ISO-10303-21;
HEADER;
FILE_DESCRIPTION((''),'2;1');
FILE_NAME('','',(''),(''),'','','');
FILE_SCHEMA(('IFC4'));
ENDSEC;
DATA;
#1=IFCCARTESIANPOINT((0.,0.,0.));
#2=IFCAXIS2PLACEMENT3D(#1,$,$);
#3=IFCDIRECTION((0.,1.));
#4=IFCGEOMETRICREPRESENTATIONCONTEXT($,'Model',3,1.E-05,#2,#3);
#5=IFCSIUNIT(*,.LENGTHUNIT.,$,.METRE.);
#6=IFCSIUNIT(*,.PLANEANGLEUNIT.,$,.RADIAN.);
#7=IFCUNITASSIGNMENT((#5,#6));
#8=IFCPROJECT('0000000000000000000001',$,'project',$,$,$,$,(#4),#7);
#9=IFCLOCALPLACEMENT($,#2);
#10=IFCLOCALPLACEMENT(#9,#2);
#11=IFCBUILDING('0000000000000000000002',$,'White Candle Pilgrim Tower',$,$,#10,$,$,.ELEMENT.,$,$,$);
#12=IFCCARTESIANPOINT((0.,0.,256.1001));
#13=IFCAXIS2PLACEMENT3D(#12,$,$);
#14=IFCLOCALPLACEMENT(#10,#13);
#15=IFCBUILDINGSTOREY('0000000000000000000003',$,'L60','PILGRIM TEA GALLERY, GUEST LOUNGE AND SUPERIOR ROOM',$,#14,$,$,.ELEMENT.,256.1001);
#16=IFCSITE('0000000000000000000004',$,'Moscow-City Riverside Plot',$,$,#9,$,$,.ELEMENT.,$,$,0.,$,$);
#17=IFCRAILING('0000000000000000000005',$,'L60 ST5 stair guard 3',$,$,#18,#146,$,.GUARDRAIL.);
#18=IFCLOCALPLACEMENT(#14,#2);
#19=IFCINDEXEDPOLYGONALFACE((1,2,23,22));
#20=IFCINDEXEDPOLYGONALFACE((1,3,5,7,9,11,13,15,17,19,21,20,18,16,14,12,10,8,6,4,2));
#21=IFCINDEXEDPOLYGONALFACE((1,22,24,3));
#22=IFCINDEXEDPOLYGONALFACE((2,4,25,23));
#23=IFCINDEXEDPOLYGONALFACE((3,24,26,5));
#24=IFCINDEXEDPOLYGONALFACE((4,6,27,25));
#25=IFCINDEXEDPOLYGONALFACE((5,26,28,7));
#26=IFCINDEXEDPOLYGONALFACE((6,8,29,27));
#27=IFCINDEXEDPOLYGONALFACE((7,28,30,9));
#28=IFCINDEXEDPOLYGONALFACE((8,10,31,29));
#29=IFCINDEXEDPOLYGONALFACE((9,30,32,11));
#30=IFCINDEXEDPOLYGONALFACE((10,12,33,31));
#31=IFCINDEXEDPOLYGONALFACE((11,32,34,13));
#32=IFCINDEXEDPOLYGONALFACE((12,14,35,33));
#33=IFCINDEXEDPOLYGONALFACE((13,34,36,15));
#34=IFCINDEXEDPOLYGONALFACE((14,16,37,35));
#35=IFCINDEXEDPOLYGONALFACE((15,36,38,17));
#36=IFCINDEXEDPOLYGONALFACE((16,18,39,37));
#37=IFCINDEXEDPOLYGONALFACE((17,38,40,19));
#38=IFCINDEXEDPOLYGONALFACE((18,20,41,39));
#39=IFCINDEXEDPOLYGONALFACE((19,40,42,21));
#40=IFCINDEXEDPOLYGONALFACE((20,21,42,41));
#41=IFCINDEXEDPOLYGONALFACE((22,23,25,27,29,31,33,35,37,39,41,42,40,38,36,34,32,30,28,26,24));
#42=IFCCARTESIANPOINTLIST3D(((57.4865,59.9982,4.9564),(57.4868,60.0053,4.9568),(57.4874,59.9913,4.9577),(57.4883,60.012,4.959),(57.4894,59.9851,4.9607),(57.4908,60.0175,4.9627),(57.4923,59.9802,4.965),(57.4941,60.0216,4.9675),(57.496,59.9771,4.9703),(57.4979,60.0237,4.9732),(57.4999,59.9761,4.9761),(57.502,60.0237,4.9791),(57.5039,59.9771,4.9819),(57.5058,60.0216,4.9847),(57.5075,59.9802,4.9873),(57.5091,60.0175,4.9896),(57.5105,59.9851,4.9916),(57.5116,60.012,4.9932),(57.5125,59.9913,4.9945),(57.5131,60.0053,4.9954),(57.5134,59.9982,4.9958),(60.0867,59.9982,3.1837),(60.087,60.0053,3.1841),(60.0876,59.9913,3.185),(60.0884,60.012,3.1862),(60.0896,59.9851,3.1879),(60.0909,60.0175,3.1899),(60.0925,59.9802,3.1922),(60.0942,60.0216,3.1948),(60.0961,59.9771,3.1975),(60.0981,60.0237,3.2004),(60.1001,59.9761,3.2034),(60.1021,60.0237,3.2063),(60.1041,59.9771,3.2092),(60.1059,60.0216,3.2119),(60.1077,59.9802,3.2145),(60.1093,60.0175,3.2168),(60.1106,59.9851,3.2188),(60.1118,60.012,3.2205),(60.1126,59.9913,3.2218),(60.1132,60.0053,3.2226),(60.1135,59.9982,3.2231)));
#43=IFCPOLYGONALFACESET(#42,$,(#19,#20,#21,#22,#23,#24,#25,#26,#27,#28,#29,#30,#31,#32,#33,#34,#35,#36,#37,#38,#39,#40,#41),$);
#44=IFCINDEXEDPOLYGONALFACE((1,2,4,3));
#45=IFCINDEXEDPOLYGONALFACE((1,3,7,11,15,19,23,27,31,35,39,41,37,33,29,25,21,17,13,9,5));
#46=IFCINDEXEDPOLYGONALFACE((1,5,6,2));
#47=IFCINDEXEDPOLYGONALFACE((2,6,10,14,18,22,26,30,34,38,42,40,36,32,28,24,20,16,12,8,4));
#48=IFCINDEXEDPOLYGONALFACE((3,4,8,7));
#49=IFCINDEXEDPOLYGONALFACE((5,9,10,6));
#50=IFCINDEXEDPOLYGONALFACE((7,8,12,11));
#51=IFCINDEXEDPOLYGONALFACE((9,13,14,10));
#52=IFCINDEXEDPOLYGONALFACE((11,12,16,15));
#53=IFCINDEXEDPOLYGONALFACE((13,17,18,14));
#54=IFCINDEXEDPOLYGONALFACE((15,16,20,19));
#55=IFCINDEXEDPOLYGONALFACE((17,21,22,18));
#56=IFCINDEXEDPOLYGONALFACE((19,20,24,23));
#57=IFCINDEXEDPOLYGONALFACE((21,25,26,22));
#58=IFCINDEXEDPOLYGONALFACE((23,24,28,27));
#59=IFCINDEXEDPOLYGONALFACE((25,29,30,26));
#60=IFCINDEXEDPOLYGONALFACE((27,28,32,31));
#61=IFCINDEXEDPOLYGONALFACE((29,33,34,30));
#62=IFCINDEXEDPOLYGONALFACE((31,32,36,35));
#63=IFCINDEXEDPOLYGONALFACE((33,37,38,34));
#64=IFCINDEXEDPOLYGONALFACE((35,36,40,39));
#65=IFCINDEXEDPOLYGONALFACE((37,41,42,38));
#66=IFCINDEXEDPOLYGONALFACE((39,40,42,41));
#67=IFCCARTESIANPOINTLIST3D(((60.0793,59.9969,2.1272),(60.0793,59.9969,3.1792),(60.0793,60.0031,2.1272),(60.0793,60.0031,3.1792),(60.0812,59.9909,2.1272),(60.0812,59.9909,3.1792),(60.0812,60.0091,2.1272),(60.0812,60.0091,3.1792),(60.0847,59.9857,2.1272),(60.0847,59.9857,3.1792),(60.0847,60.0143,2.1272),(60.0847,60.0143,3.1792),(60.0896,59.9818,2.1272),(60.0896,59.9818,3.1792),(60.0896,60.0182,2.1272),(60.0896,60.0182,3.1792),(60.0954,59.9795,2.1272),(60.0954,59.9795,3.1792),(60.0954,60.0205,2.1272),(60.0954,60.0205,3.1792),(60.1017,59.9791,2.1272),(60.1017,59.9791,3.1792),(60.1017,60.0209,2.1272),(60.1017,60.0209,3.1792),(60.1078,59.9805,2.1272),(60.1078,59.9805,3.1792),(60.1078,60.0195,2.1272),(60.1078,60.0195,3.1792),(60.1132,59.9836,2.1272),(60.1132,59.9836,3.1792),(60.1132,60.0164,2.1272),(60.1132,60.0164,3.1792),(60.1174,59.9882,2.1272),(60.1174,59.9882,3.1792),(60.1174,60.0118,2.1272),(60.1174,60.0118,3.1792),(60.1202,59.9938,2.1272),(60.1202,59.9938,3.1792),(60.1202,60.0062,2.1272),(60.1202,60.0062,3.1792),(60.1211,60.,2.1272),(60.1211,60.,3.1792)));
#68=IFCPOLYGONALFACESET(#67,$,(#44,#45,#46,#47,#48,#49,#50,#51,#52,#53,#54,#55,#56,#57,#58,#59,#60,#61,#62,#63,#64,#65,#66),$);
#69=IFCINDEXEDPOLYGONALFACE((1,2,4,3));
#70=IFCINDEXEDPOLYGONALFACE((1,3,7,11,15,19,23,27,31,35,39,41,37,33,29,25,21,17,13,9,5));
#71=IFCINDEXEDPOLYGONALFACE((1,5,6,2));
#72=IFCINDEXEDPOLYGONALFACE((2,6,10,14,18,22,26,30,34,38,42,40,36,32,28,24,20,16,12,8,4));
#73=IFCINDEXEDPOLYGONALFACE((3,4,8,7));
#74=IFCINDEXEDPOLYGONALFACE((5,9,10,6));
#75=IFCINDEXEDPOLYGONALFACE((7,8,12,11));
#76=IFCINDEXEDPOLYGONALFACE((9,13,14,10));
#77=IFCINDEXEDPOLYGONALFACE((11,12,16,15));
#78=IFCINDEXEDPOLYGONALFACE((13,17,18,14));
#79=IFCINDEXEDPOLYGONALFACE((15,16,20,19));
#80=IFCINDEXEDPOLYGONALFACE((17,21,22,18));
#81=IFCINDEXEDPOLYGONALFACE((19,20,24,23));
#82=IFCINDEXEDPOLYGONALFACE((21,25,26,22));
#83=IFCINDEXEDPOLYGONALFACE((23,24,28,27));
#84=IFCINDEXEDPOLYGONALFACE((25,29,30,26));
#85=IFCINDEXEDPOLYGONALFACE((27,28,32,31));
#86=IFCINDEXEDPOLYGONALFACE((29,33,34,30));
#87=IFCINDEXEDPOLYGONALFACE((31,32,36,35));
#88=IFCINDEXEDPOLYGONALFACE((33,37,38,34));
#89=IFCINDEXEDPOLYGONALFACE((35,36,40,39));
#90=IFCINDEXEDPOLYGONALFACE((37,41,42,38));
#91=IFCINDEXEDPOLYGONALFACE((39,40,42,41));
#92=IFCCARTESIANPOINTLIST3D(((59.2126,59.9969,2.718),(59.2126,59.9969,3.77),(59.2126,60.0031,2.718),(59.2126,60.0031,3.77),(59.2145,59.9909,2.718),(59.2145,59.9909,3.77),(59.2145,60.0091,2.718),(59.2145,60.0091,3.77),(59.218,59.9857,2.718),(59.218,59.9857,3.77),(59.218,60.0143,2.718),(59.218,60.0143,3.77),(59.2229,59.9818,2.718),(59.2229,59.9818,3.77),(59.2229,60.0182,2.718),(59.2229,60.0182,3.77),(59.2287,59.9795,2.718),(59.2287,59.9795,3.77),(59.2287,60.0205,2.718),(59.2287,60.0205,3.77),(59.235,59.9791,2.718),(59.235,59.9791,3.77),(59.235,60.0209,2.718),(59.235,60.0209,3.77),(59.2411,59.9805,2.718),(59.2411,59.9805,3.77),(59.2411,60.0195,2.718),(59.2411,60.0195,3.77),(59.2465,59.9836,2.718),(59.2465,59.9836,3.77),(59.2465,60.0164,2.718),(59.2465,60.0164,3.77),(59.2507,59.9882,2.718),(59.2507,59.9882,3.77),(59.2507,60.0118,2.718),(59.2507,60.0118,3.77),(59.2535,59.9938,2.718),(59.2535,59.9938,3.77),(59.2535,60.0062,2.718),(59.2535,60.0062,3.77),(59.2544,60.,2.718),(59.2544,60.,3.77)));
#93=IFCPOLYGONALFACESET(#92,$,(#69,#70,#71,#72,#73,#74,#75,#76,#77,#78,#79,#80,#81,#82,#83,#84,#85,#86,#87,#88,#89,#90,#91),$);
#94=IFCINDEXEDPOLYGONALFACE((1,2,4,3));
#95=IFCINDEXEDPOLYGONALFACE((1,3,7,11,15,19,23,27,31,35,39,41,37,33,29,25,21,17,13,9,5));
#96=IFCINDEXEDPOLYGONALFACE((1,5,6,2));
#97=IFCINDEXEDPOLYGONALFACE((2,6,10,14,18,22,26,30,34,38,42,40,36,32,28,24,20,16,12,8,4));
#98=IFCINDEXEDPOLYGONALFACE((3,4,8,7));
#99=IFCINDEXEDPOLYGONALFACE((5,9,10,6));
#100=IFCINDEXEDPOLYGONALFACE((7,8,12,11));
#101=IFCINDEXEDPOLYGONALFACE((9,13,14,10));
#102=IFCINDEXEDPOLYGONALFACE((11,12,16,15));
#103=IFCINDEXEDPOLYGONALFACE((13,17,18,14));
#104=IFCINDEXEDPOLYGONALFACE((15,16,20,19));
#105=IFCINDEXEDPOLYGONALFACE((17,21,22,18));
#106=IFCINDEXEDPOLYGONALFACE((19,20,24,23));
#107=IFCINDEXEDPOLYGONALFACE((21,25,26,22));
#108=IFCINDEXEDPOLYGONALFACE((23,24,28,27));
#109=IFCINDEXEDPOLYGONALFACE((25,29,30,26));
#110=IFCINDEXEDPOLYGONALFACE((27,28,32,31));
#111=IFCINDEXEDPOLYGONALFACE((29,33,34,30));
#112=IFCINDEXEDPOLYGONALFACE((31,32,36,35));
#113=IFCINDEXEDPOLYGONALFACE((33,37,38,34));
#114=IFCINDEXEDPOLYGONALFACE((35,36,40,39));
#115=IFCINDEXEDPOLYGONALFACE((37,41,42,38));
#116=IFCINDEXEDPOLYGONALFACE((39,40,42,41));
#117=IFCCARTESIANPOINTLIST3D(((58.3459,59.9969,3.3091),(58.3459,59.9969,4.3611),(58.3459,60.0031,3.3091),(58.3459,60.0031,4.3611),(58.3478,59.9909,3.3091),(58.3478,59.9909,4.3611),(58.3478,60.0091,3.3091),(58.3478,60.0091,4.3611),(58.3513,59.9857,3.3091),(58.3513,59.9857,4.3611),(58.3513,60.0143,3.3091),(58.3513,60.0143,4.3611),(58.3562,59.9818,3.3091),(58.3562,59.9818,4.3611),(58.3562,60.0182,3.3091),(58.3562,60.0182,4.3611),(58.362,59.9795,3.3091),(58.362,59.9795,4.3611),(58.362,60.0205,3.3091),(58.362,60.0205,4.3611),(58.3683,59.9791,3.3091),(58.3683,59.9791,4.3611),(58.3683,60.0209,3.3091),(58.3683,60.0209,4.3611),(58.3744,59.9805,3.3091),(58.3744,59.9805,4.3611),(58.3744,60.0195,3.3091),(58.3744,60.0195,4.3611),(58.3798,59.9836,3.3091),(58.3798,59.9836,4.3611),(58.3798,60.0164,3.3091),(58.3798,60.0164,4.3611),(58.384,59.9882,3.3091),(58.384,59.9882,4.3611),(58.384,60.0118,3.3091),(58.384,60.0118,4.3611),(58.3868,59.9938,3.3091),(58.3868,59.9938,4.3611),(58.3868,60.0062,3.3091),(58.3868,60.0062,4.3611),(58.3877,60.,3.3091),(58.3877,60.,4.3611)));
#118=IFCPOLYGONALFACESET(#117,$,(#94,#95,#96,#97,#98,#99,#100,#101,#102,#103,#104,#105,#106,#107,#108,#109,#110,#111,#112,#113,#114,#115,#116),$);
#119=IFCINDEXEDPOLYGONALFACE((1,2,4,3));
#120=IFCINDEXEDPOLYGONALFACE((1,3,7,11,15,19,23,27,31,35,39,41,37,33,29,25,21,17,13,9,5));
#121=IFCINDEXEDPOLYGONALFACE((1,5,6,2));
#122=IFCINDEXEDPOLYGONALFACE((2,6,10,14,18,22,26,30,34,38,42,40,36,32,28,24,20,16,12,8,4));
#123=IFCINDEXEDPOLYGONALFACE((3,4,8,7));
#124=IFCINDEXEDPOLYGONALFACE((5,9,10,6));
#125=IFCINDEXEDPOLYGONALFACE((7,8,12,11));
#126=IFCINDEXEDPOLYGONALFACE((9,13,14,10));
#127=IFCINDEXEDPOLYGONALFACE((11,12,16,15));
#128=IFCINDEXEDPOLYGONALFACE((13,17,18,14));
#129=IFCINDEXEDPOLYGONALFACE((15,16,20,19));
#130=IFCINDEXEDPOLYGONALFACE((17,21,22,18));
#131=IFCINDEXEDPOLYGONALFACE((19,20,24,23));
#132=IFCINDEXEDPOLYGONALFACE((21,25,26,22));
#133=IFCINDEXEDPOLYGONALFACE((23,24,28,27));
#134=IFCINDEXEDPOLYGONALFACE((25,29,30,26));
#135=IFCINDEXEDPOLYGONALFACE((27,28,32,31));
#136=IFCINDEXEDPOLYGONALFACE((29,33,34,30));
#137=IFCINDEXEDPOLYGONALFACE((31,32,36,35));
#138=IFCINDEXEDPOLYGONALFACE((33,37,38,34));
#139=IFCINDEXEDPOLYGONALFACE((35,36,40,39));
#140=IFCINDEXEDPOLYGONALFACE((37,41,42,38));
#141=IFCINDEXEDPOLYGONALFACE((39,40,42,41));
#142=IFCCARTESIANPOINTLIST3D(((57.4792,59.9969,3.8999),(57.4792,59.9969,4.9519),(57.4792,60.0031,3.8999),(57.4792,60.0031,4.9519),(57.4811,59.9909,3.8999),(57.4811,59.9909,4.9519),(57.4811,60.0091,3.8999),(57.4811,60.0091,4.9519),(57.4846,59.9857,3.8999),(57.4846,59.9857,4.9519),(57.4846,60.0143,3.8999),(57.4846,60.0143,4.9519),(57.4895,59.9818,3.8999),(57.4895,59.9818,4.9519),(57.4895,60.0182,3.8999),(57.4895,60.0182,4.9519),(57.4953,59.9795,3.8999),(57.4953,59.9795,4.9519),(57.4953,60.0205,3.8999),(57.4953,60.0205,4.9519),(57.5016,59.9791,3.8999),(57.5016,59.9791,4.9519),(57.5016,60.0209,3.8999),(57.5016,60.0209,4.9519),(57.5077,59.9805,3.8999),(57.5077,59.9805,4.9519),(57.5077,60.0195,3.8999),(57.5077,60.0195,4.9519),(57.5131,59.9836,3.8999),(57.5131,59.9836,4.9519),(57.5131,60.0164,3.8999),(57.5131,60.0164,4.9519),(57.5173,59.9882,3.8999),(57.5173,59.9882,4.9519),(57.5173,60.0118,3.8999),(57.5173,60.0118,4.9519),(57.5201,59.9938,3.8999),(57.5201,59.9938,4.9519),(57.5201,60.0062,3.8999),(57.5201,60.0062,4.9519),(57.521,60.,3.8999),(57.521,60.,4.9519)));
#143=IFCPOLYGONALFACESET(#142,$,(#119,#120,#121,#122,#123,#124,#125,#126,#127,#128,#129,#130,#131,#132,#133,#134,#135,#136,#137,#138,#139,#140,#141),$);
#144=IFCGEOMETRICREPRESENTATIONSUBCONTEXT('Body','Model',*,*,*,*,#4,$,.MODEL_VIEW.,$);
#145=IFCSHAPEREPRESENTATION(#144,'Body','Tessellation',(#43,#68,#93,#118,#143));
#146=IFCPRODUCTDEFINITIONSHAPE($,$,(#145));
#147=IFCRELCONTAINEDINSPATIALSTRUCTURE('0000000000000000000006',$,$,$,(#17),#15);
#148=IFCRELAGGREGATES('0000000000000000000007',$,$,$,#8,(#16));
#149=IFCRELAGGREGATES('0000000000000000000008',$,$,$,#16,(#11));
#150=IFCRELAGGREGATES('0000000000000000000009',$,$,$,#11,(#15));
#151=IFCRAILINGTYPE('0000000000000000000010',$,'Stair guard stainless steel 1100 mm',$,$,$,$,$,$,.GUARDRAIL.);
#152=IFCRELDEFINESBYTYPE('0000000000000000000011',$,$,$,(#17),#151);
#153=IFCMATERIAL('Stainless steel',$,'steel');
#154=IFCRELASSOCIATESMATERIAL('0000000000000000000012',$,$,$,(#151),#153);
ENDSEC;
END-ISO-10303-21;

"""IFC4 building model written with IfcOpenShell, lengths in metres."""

from ifc_helpers import new_model, si_unit, direction, frame, origin, origin_2d, place, context, subcontext, project, spatial, circle, extrude, material, type_object, element, save


model = new_model("IFC4")

# Units and contexts
model_context = context("Model", 3, precision=1e-05, world=origin(), true_north=direction((0.0, 1.0)))
body_context = subcontext(model_context, "Body", "Model", "MODEL_VIEW")
ifc_project = project(units=[si_unit("LENGTHUNIT", "METRE"), si_unit("PLANEANGLEUNIT", "RADIAN")], contexts=[model_context])

# Site, building, storey
site_placement = place(None, origin())
site = spatial("IfcSite", under=ifc_project, at=site_placement, Name="Moscow-City Riverside Plot", CompositionType="ELEMENT", RefElevation=0.0)
building_placement = place(site_placement, origin())
building = spatial("IfcBuilding", under=site, at=building_placement, Name="White Candle Pilgrim Tower", CompositionType="ELEMENT")
storey_placement = place(building_placement, frame((0.0, 0.0, 256.1001)))
storey = spatial("IfcBuildingStorey", under=building, at=storey_placement, Name="L60", Description="PILGRIM TEA GALLERY, GUEST LOUNGE AND SUPERIOR ROOM", CompositionType="ELEMENT", Elevation=256.1001)

# Railing
ifc_material_1 = material(Name="Stainless steel", Category="steel")
railing_type_1 = type_object("IfcRailingType", Name="Stair guard stainless steel 1100 mm", PredefinedType="GUARDRAIL", material=ifc_material_1)
railing_1_placement = place(storey_placement, frame((60.1001, 60.0, 2.1272)))
element("IfcRailing", 1, at=railing_1_placement, inside=storey, type_object=railing_type_1, Name="L60 ST5 stair guard 3", PredefinedType="GUARDRAIL", context=body_context, shape_type="SweptSolid", body=[
    extrude(circle(Radius=0.0239, at=origin_2d()), frame((0.0, 0.0, 1.0762), z_axis=(-0.82624, 0.0, 0.563318), x_axis=(0.0, -1.0, 0.0)), (0.0, 0.0, 1.0), 3.147),
    extrude(circle(Radius=0.021, at=origin_2d()), origin(), (0.0, 0.0, 1.0), 1.052),
    extrude(circle(Radius=0.021, at=origin_2d()), frame((-0.8667, 0.0, 0.5908)), (0.0, 0.0, 1.0), 1.052),
    extrude(circle(Radius=0.021, at=origin_2d()), frame((-1.7334, 0.0, 1.1819)), (0.0, 0.0, 1.0), 1.052),
    extrude(circle(Radius=0.021, at=origin_2d()), frame((-2.6001, 0.0, 1.7727)), (0.0, 0.0, 1.0), 1.052),
])

save(model, "model.ifc")
